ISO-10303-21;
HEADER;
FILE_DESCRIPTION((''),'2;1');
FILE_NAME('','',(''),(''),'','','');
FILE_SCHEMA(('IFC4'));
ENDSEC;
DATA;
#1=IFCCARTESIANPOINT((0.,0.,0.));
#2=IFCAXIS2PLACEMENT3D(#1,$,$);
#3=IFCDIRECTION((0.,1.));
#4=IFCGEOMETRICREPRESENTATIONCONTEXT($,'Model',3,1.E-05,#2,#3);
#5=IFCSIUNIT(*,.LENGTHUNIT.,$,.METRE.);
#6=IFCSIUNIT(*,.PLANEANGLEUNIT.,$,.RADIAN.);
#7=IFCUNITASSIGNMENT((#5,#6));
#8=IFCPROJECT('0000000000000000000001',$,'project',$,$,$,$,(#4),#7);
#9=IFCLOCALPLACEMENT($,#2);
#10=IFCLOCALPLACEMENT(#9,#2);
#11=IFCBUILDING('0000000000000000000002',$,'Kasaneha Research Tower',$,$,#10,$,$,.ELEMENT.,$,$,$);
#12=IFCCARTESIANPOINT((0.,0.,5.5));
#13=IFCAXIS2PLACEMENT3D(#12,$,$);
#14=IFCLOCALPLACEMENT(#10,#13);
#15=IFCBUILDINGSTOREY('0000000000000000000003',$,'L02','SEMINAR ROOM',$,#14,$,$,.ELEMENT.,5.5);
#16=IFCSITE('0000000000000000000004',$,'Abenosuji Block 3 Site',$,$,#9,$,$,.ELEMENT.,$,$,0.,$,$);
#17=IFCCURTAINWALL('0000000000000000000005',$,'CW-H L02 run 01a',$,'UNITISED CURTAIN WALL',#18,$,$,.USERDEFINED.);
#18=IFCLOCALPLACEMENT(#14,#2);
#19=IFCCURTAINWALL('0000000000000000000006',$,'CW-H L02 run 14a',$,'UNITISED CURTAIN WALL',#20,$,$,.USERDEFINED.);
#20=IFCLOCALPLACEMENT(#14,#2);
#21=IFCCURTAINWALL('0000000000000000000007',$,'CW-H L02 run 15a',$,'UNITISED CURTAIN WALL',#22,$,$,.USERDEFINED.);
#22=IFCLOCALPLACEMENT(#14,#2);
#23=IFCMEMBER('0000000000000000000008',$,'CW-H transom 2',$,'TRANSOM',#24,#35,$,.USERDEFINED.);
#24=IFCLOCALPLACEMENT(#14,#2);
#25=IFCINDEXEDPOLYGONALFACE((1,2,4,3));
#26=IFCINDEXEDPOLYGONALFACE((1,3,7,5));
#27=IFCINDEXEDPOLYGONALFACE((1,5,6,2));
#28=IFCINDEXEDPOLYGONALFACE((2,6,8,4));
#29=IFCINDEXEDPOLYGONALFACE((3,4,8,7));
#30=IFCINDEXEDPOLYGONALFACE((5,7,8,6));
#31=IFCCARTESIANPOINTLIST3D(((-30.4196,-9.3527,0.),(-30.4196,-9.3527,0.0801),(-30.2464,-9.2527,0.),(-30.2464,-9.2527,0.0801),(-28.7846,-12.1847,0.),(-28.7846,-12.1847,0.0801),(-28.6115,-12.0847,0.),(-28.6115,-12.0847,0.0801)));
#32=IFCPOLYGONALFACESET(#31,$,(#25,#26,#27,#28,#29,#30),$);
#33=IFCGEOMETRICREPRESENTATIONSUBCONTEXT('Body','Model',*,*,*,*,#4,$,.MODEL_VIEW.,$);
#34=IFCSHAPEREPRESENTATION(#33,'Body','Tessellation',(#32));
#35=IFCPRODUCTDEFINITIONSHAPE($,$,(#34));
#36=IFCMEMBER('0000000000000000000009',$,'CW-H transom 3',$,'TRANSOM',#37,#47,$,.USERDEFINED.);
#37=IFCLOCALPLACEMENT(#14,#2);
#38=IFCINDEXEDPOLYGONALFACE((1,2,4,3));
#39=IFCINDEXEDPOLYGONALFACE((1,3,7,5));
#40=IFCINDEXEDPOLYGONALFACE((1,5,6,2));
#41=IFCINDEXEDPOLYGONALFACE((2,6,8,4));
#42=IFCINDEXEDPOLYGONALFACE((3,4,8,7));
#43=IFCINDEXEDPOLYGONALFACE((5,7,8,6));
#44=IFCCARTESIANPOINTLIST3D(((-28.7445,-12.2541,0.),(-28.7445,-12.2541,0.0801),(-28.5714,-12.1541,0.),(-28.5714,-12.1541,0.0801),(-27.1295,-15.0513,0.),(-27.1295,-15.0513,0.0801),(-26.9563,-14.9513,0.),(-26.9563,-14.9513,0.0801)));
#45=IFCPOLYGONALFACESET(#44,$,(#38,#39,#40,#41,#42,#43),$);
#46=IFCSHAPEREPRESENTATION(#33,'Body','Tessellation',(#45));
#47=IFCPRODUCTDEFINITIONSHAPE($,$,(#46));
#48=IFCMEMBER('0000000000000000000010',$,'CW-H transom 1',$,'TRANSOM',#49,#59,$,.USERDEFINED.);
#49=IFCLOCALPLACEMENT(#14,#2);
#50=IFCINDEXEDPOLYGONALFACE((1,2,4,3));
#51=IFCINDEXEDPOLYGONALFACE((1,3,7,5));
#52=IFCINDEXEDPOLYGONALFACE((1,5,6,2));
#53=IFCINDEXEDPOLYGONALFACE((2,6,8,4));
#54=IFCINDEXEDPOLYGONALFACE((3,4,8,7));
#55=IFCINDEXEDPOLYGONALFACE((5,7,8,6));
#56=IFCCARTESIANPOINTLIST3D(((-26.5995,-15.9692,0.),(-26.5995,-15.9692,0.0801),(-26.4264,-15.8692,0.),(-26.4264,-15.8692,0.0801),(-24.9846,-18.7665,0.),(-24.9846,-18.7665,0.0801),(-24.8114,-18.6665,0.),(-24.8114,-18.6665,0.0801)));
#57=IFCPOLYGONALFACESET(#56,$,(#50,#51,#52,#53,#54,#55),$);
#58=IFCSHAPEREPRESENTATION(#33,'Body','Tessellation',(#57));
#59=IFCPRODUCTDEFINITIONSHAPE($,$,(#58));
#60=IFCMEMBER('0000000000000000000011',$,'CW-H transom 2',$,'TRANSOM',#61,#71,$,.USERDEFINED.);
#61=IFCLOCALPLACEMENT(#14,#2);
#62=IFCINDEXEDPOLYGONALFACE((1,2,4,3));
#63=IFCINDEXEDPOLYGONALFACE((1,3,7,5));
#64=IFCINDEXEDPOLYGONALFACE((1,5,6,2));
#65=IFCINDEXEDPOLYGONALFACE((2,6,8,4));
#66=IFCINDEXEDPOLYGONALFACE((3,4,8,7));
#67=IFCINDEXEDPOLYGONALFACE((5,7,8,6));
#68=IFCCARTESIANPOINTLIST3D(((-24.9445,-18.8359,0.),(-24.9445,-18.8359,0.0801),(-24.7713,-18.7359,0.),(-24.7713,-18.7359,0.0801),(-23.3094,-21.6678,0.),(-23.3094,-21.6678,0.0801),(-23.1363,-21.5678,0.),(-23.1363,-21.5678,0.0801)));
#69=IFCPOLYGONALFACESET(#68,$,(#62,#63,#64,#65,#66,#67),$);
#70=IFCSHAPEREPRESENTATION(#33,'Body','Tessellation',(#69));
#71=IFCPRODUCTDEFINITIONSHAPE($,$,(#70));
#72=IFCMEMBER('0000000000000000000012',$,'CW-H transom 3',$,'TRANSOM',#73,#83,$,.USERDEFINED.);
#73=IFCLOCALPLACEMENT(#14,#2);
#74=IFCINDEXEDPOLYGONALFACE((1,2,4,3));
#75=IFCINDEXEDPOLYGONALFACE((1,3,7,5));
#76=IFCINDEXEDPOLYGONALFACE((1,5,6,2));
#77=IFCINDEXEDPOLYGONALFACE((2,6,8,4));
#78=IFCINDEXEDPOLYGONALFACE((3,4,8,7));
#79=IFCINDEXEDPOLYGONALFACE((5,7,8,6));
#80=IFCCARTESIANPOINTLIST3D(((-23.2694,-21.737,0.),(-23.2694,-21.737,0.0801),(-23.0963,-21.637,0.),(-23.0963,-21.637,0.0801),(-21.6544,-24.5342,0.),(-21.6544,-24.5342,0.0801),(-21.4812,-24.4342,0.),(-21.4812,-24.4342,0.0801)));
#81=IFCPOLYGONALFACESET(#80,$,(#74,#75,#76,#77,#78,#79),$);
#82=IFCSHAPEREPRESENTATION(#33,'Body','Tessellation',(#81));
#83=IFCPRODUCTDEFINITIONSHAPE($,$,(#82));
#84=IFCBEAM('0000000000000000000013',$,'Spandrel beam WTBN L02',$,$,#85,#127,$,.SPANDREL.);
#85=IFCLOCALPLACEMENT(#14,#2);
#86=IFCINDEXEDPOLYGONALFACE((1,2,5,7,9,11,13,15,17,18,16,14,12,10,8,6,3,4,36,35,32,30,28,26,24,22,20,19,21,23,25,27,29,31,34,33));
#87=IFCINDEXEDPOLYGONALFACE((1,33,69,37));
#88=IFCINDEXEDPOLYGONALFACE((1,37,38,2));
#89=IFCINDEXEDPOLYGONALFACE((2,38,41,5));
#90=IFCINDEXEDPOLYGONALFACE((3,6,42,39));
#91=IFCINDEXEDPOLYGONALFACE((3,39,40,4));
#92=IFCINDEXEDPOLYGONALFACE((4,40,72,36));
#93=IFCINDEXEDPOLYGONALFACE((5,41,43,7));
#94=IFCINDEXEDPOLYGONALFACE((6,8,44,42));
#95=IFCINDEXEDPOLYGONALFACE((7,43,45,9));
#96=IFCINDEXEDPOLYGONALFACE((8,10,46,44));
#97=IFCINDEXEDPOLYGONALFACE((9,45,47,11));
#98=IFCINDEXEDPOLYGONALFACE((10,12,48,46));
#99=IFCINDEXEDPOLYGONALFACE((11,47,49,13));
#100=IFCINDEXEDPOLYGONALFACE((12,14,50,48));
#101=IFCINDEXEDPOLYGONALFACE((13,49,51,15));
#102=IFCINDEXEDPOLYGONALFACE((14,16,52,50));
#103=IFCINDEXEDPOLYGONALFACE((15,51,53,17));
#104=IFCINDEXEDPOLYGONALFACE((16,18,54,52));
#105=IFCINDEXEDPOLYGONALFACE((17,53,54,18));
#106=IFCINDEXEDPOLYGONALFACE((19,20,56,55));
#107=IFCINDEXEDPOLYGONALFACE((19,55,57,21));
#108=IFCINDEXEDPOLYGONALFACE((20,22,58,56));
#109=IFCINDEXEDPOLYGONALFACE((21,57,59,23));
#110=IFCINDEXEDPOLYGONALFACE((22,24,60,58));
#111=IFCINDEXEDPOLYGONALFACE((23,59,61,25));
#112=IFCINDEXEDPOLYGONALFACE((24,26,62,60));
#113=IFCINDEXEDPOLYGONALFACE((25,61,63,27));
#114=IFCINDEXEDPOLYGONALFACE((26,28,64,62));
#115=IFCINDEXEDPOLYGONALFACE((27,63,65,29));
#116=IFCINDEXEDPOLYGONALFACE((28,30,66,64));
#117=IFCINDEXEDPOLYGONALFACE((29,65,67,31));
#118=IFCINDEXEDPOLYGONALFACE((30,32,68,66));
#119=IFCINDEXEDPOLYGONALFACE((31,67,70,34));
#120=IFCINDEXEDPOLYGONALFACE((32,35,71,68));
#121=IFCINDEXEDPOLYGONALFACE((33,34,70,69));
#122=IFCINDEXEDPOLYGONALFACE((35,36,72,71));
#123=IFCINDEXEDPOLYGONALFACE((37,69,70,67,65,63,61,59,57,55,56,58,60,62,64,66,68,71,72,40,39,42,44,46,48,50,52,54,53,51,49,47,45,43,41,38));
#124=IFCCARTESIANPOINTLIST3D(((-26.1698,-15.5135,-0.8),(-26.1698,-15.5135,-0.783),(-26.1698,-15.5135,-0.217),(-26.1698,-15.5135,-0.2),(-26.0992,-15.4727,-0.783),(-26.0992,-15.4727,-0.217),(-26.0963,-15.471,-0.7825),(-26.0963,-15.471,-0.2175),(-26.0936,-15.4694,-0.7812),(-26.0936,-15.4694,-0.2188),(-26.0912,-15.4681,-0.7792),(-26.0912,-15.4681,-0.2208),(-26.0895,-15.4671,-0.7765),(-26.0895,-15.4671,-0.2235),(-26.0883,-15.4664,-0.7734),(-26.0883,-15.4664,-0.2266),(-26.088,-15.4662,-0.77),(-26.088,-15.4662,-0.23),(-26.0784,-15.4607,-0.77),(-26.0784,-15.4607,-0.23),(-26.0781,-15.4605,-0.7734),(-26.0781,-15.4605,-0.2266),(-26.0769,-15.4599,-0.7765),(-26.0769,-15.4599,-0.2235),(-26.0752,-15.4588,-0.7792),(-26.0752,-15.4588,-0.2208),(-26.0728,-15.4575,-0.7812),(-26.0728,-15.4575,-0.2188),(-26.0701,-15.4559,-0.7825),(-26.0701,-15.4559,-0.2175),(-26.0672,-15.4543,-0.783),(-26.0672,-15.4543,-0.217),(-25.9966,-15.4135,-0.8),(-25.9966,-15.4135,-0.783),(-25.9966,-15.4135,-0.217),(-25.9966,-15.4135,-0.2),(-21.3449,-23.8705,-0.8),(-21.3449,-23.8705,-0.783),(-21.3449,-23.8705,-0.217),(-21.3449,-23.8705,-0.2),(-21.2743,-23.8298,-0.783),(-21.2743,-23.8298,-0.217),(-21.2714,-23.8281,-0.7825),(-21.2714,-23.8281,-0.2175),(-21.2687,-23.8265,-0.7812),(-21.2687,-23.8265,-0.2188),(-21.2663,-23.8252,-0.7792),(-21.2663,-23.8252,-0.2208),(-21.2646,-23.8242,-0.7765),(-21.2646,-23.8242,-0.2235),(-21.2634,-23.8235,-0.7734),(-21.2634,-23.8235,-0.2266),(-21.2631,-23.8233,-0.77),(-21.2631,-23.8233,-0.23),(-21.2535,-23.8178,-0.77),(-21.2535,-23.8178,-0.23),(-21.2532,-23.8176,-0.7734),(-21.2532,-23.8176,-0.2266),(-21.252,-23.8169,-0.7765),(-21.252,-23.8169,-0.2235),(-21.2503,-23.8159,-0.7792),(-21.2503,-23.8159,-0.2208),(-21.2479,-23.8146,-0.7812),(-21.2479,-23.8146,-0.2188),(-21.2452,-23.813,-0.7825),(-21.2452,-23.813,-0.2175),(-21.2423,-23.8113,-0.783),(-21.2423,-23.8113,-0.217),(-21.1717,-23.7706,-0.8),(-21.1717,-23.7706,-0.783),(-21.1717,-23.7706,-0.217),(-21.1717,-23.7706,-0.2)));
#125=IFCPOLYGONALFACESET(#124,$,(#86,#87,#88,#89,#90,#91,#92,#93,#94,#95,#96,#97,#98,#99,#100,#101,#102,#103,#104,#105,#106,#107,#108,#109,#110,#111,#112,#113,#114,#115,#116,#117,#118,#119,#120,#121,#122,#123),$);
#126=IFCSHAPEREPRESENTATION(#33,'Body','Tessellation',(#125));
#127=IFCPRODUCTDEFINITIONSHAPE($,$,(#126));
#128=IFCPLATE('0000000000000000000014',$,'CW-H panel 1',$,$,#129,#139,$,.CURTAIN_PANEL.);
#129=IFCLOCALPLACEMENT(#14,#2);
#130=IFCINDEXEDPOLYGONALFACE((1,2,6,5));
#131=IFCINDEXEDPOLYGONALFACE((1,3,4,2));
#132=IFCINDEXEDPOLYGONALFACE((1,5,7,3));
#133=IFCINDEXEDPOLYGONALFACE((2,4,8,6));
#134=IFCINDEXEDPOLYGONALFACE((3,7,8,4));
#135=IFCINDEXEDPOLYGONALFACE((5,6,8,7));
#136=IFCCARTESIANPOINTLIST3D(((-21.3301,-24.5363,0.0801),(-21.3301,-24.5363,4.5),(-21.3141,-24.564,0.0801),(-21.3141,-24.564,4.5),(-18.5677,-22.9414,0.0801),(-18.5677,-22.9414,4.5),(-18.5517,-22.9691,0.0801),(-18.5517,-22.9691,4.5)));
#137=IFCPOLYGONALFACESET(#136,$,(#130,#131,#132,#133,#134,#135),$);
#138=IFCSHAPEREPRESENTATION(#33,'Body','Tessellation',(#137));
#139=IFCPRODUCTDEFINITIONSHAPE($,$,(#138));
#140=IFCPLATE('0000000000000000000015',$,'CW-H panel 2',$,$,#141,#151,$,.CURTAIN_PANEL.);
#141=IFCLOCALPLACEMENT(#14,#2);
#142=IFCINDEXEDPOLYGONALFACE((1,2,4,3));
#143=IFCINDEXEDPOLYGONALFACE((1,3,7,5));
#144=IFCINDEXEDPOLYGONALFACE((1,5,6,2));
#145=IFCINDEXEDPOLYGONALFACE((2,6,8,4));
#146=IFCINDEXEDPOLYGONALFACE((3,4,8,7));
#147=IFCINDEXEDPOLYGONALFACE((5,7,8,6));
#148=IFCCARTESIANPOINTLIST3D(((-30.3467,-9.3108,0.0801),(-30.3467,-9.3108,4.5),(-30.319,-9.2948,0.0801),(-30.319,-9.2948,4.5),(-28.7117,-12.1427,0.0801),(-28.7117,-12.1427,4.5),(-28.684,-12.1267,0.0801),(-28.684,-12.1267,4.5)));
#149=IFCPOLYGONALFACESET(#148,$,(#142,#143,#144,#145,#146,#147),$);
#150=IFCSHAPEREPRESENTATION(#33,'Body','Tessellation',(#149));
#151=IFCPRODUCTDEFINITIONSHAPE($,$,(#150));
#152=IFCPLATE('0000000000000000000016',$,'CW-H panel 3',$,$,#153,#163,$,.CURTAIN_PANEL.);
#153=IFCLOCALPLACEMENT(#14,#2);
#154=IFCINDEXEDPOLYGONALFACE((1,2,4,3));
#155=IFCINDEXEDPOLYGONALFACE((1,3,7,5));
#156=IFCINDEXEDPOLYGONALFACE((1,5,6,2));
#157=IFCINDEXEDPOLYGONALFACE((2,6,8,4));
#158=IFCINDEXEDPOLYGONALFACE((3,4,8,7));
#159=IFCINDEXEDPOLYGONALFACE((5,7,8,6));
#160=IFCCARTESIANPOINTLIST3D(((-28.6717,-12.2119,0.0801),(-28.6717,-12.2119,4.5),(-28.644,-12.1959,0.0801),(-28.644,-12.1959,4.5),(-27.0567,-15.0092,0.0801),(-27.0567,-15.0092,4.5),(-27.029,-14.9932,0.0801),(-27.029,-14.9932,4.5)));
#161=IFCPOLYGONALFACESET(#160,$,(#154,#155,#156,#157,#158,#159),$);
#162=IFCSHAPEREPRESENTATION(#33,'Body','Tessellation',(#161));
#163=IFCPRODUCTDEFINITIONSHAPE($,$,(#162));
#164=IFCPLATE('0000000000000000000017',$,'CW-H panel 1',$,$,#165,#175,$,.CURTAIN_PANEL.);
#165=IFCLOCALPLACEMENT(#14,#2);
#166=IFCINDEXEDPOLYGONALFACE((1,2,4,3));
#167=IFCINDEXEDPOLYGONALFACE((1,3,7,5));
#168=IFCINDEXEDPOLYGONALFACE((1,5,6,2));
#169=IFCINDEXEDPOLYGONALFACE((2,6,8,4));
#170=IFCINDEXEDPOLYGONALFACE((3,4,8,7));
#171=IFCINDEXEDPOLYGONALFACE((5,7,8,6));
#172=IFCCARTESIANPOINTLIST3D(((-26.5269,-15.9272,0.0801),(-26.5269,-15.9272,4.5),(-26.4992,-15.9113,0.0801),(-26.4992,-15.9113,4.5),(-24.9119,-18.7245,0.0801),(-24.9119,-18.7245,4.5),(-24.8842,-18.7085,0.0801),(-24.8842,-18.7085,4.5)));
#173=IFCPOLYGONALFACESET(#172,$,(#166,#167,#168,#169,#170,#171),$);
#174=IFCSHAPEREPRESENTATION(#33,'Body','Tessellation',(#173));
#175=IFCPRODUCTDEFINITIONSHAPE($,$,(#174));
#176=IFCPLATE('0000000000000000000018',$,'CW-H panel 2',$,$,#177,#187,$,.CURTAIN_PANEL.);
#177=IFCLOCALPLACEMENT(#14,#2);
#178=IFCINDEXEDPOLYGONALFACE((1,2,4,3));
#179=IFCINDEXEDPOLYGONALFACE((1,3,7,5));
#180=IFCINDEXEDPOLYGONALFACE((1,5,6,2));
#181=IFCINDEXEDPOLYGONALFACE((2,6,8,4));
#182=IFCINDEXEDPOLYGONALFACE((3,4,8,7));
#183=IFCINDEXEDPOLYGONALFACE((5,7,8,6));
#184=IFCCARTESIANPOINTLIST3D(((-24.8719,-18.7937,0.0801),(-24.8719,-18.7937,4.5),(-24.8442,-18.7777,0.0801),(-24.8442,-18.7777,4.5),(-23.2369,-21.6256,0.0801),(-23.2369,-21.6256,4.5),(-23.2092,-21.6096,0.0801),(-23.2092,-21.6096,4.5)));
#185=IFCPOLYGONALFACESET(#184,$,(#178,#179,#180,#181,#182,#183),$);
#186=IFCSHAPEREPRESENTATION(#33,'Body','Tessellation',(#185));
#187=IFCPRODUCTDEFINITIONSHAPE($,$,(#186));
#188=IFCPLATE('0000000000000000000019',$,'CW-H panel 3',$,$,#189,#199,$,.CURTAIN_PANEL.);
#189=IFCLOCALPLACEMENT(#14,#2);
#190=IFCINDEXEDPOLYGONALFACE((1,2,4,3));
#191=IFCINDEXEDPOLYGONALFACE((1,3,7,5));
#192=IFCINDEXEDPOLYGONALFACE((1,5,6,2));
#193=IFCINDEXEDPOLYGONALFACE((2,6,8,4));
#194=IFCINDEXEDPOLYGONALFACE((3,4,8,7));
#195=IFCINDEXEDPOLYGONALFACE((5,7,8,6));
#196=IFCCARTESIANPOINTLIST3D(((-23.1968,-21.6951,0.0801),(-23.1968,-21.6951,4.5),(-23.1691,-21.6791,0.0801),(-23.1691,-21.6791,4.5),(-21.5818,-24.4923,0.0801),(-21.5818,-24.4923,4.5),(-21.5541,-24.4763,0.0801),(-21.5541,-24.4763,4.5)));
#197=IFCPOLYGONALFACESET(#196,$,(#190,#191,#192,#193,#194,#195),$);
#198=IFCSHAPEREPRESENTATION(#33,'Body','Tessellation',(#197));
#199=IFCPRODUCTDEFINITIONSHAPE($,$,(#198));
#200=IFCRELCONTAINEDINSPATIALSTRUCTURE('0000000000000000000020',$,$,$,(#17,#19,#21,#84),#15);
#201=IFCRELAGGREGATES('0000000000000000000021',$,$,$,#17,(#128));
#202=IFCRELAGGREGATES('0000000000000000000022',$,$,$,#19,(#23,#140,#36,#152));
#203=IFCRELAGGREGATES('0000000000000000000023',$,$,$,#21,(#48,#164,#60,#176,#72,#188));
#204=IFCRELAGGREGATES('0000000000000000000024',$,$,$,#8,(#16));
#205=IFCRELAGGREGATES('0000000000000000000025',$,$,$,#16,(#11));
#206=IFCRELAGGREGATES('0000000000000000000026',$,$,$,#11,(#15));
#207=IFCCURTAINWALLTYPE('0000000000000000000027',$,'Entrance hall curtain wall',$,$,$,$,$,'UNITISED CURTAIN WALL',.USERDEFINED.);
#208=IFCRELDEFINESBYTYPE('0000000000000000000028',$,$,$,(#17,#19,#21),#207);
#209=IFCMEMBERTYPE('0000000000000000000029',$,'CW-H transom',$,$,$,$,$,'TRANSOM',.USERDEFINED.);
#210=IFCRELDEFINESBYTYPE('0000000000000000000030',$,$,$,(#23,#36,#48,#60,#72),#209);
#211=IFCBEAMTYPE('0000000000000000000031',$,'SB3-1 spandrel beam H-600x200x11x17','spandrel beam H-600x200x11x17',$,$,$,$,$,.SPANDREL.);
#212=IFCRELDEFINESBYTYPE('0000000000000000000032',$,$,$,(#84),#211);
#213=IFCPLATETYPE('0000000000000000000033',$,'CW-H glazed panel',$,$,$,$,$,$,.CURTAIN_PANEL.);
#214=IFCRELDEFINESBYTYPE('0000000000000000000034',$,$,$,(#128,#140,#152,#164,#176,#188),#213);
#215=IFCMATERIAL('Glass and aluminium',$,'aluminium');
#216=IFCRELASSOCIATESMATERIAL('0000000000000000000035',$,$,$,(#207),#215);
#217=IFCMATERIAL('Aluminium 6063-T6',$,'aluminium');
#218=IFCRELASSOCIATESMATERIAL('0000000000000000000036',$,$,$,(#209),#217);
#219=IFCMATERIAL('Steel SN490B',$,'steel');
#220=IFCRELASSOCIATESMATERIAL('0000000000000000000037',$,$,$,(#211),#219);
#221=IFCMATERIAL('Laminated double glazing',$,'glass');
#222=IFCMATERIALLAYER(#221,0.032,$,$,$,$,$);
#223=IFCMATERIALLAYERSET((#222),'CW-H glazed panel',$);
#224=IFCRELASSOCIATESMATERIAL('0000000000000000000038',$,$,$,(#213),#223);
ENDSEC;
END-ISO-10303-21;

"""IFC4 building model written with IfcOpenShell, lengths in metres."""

from ifc_helpers import new_model, si_unit, direction, frame, origin, origin_2d, place, context, subcontext, project, spatial, rectangle, i_section, extrude, material, layer, layer_set, material_profile, profile_set, type_object, element, aggregate, save


model = new_model("IFC4")

# Units and contexts
model_context = context("Model", 3, precision=1e-05, world=origin(), true_north=direction((0.0, 1.0)))
body_context = subcontext(model_context, "Body", "Model", "MODEL_VIEW")
ifc_project = project(units=[si_unit("LENGTHUNIT", "METRE"), si_unit("PLANEANGLEUNIT", "RADIAN")], contexts=[model_context])

# Site, building, storey
site_placement = place(None, origin())
site = spatial("IfcSite", under=ifc_project, at=site_placement, Name="Abenosuji Block 3 Site", CompositionType="ELEMENT", RefElevation=0.0)
building_placement = place(site_placement, origin())
building = spatial("IfcBuilding", under=site, at=building_placement, Name="Kasaneha Research Tower", CompositionType="ELEMENT")
storey_placement = place(building_placement, frame((0.0, 0.0, 5.5)))
storey = spatial("IfcBuildingStorey", under=building, at=storey_placement, Name="L02", Description="SEMINAR ROOM", CompositionType="ELEMENT", Elevation=5.5)

# Curtain wall
ifc_material_1 = material(Name="Glass and aluminium", Category="aluminium")
curtain_wall_type = type_object("IfcCurtainWallType", Name="Entrance hall curtain wall", ElementType="UNITISED CURTAIN WALL", PredefinedType="USERDEFINED", material=ifc_material_1)
curtain_wall_1_placement = place(storey_placement, origin())
curtain_wall_1 = element("IfcCurtainWall", 1, at=curtain_wall_1_placement, inside=storey, type_object=curtain_wall_type, Name="CW-H L02 run 01a", ObjectType="UNITISED CURTAIN WALL", PredefinedType="USERDEFINED")

# Curtain walls
curtain_wall_2_placement = place(storey_placement, origin())
curtain_wall_2 = element("IfcCurtainWall", 2, at=curtain_wall_2_placement, inside=storey, type_object=curtain_wall_type, Name="CW-H L02 run 14a", ObjectType="UNITISED CURTAIN WALL", PredefinedType="USERDEFINED")
curtain_wall_3_placement = place(storey_placement, origin())
curtain_wall_3 = element("IfcCurtainWall", 3, at=curtain_wall_3_placement, inside=storey, type_object=curtain_wall_type, Name="CW-H L02 run 15a", ObjectType="UNITISED CURTAIN WALL", PredefinedType="USERDEFINED")

# Members
ifc_material_2 = material(Name="Aluminium 6063-T6", Category="aluminium")
ifc_material_profile_1 = material_profile(ifc_material_2, rectangle(XDim=0.2, YDim=0.0801, at=origin_2d()), Name="CW-H transom 200x80")
ifc_profile_set_1 = profile_set([ifc_material_profile_1], Name="Aluminium 6063-T6")
member_type_1 = type_object("IfcMemberType", Name="CW-H transom", ElementType="TRANSOM", PredefinedType="USERDEFINED", material=ifc_profile_set_1)
member_1_placement = place(storey_placement, frame((-30.333, -9.3027, 0.04), z_axis=(0.499985, -0.866034, 0.0), x_axis=(0.866034, 0.499985, 0.0)))
member_1 = element("IfcMember", 4, at=member_1_placement, type_object=member_type_1, Name="CW-H transom 2", ObjectType="TRANSOM", PredefinedType="USERDEFINED", context=body_context, shape_type="SweptSolid", body=[
    extrude(rectangle(XDim=0.2, YDim=0.0801, at=origin_2d()), origin(), (0.0, 0.0, 1.0), 3.27),
])
member_2_placement = place(storey_placement, frame((-28.658, -12.2041, 0.04), z_axis=(0.500017, -0.866016, 0.0), x_axis=(0.866016, 0.500017, 0.0)))
member_2 = element("IfcMember", 5, at=member_2_placement, type_object=member_type_1, Name="CW-H transom 3", ObjectType="TRANSOM", PredefinedType="USERDEFINED", context=body_context, shape_type="SweptSolid", body=[
    extrude(rectangle(XDim=0.2, YDim=0.0801, at=origin_2d()), origin(), (0.0, 0.0, 1.0), 3.23),
])
member_3_placement = place(storey_placement, frame((-26.5129, -15.9192, 0.04), z_axis=(0.499984, -0.866035, 0.0), x_axis=(0.866035, 0.499984, 0.0)))
member_3 = element("IfcMember", 6, at=member_3_placement, type_object=member_type_1, Name="CW-H transom 1", ObjectType="TRANSOM", PredefinedType="USERDEFINED", context=body_context, shape_type="SweptSolid", body=[
    extrude(rectangle(XDim=0.2, YDim=0.0801, at=origin_2d()), origin(), (0.0, 0.0, 1.0), 3.23),
])
member_4_placement = place(storey_placement, frame((-24.8579, -18.7859, 0.04), z_axis=(0.500018, -0.866015, 0.0), x_axis=(0.866015, 0.500018, 0.0)))
member_4 = element("IfcMember", 7, at=member_4_placement, type_object=member_type_1, Name="CW-H transom 2", ObjectType="TRANSOM", PredefinedType="USERDEFINED", context=body_context, shape_type="SweptSolid", body=[
    extrude(rectangle(XDim=0.2, YDim=0.0801, at=origin_2d()), origin(), (0.0, 0.0, 1.0), 3.27),
])
member_5_placement = place(storey_placement, frame((-23.1829, -21.687, 0.04), z_axis=(0.500017, -0.866016, 0.0), x_axis=(0.866016, 0.500017, 0.0)))
member_5 = element("IfcMember", 8, at=member_5_placement, type_object=member_type_1, Name="CW-H transom 3", ObjectType="TRANSOM", PredefinedType="USERDEFINED", context=body_context, shape_type="SweptSolid", body=[
    extrude(rectangle(XDim=0.2, YDim=0.0801, at=origin_2d()), origin(), (0.0, 0.0, 1.0), 3.23),
])

# Beam
ifc_material_3 = material(Name="Steel SN490B", Category="steel")
ifc_material_profile_2 = material_profile(ifc_material_3, i_section(OverallWidth=0.2, OverallDepth=0.6001, WebThickness=0.011, FlangeThickness=0.0171, FilletRadius=0.0129, at=origin_2d()), Name="H-600x200x11x17")
ifc_profile_set_2 = profile_set([ifc_material_profile_2], Name="Steel SN490B")
beam_type_1 = type_object("IfcBeamType", Name="SB3-1 spandrel beam H-600x200x11x17", Description="spandrel beam H-600x200x11x17", PredefinedType="SPANDREL", material=ifc_profile_set_2)
beam_1_placement = place(storey_placement, frame((-21.2583, -23.8206, -0.5), z_axis=(-0.499995, 0.866028, 0.0), x_axis=(-0.866028, -0.499995, 0.0)))
element("IfcBeam", 9, at=beam_1_placement, inside=storey, type_object=beam_type_1, Name="Spandrel beam WTBN L02", PredefinedType="SPANDREL", context=body_context, shape_type="SweptSolid", body=[
    extrude(i_section(OverallWidth=0.2, OverallDepth=0.6001, WebThickness=0.011, FlangeThickness=0.0171, FilletRadius=0.0129, at=origin_2d()), origin(), (0.0, 0.0, 1.0), 9.6499),
])

# Plates
ifc_material_4 = material(Name="Laminated double glazing", Category="glass")
ifc_layer_1 = layer(ifc_material_4, 0.032)
ifc_layer_set_1 = layer_set([ifc_layer_1], Name="CW-H glazed panel")
plate_type = type_object("IfcPlateType", Name="CW-H glazed panel", PredefinedType="CURTAIN_PANEL", material=ifc_layer_set_1)
plate_1_placement = place(storey_placement, frame((-19.9409, -23.7527, 0.0801), z_axis=(0.0, 0.0, 1.0), x_axis=(0.866025, 0.5, 0.0)))
plate_1 = element("IfcPlate", 10, at=plate_1_placement, type_object=plate_type, Name="CW-H panel 1", PredefinedType="CURTAIN_PANEL", context=body_context, shape_type="SweptSolid", body=[
    extrude(rectangle(XDim=3.1897, YDim=0.032, at=origin_2d()), origin(), (0.0, 0.0, 1.0), 4.4199),
])
aggregate(curtain_wall_1, [plate_1])
plate_2_placement = place(storey_placement, frame((-29.5154, -10.7188, 0.0801), z_axis=(0.0, 0.0, 1.0), x_axis=(0.5, -0.866025, 0.0)))
plate_2 = element("IfcPlate", 11, at=plate_2_placement, type_object=plate_type, Name="CW-H panel 2", PredefinedType="CURTAIN_PANEL", context=body_context, shape_type="SweptSolid", body=[
    extrude(rectangle(XDim=3.27, YDim=0.032, at=origin_2d()), origin(), (0.0, 0.0, 1.0), 4.4199),
])
plate_3_placement = place(storey_placement, frame((-27.8503, -13.6025, 0.0801), z_axis=(0.0, 0.0, 1.0), x_axis=(0.5, -0.866025, 0.0)))
plate_3 = element("IfcPlate", 12, at=plate_3_placement, type_object=plate_type, Name="CW-H panel 3", PredefinedType="CURTAIN_PANEL", context=body_context, shape_type="SweptSolid", body=[
    extrude(rectangle(XDim=3.23, YDim=0.032, at=origin_2d()), origin(), (0.0, 0.0, 1.0), 4.4199),
])
aggregate(curtain_wall_2, [member_1, plate_2, member_2, plate_3])
plate_4_placement = place(storey_placement, frame((-25.7056, -17.3179, 0.0801), z_axis=(0.0, 0.0, 1.0), x_axis=(0.5, -0.866025, 0.0)))
plate_4 = element("IfcPlate", 13, at=plate_4_placement, type_object=plate_type, Name="CW-H panel 1", PredefinedType="CURTAIN_PANEL", context=body_context, shape_type="SweptSolid", body=[
    extrude(rectangle(XDim=3.23, YDim=0.032, at=origin_2d()), origin(), (0.0, 0.0, 1.0), 4.4199),
])
plate_5_placement = place(storey_placement, frame((-24.0405, -20.2017, 0.0801), z_axis=(0.0, 0.0, 1.0), x_axis=(0.5, -0.866025, 0.0)))
plate_5 = element("IfcPlate", 14, at=plate_5_placement, type_object=plate_type, Name="CW-H panel 2", PredefinedType="CURTAIN_PANEL", context=body_context, shape_type="SweptSolid", body=[
    extrude(rectangle(XDim=3.27, YDim=0.032, at=origin_2d()), origin(), (0.0, 0.0, 1.0), 4.4199),
])
plate_6_placement = place(storey_placement, frame((-22.3755, -23.0857, 0.0801), z_axis=(0.0, 0.0, 1.0), x_axis=(0.5, -0.866025, 0.0)))
plate_6 = element("IfcPlate", 15, at=plate_6_placement, type_object=plate_type, Name="CW-H panel 3", PredefinedType="CURTAIN_PANEL", context=body_context, shape_type="SweptSolid", body=[
    extrude(rectangle(XDim=3.23, YDim=0.032, at=origin_2d()), origin(), (0.0, 0.0, 1.0), 4.4199),
])
aggregate(curtain_wall_3, [member_3, plate_4, member_4, plate_5, member_5, plate_6])

save(model, "model.ifc")
